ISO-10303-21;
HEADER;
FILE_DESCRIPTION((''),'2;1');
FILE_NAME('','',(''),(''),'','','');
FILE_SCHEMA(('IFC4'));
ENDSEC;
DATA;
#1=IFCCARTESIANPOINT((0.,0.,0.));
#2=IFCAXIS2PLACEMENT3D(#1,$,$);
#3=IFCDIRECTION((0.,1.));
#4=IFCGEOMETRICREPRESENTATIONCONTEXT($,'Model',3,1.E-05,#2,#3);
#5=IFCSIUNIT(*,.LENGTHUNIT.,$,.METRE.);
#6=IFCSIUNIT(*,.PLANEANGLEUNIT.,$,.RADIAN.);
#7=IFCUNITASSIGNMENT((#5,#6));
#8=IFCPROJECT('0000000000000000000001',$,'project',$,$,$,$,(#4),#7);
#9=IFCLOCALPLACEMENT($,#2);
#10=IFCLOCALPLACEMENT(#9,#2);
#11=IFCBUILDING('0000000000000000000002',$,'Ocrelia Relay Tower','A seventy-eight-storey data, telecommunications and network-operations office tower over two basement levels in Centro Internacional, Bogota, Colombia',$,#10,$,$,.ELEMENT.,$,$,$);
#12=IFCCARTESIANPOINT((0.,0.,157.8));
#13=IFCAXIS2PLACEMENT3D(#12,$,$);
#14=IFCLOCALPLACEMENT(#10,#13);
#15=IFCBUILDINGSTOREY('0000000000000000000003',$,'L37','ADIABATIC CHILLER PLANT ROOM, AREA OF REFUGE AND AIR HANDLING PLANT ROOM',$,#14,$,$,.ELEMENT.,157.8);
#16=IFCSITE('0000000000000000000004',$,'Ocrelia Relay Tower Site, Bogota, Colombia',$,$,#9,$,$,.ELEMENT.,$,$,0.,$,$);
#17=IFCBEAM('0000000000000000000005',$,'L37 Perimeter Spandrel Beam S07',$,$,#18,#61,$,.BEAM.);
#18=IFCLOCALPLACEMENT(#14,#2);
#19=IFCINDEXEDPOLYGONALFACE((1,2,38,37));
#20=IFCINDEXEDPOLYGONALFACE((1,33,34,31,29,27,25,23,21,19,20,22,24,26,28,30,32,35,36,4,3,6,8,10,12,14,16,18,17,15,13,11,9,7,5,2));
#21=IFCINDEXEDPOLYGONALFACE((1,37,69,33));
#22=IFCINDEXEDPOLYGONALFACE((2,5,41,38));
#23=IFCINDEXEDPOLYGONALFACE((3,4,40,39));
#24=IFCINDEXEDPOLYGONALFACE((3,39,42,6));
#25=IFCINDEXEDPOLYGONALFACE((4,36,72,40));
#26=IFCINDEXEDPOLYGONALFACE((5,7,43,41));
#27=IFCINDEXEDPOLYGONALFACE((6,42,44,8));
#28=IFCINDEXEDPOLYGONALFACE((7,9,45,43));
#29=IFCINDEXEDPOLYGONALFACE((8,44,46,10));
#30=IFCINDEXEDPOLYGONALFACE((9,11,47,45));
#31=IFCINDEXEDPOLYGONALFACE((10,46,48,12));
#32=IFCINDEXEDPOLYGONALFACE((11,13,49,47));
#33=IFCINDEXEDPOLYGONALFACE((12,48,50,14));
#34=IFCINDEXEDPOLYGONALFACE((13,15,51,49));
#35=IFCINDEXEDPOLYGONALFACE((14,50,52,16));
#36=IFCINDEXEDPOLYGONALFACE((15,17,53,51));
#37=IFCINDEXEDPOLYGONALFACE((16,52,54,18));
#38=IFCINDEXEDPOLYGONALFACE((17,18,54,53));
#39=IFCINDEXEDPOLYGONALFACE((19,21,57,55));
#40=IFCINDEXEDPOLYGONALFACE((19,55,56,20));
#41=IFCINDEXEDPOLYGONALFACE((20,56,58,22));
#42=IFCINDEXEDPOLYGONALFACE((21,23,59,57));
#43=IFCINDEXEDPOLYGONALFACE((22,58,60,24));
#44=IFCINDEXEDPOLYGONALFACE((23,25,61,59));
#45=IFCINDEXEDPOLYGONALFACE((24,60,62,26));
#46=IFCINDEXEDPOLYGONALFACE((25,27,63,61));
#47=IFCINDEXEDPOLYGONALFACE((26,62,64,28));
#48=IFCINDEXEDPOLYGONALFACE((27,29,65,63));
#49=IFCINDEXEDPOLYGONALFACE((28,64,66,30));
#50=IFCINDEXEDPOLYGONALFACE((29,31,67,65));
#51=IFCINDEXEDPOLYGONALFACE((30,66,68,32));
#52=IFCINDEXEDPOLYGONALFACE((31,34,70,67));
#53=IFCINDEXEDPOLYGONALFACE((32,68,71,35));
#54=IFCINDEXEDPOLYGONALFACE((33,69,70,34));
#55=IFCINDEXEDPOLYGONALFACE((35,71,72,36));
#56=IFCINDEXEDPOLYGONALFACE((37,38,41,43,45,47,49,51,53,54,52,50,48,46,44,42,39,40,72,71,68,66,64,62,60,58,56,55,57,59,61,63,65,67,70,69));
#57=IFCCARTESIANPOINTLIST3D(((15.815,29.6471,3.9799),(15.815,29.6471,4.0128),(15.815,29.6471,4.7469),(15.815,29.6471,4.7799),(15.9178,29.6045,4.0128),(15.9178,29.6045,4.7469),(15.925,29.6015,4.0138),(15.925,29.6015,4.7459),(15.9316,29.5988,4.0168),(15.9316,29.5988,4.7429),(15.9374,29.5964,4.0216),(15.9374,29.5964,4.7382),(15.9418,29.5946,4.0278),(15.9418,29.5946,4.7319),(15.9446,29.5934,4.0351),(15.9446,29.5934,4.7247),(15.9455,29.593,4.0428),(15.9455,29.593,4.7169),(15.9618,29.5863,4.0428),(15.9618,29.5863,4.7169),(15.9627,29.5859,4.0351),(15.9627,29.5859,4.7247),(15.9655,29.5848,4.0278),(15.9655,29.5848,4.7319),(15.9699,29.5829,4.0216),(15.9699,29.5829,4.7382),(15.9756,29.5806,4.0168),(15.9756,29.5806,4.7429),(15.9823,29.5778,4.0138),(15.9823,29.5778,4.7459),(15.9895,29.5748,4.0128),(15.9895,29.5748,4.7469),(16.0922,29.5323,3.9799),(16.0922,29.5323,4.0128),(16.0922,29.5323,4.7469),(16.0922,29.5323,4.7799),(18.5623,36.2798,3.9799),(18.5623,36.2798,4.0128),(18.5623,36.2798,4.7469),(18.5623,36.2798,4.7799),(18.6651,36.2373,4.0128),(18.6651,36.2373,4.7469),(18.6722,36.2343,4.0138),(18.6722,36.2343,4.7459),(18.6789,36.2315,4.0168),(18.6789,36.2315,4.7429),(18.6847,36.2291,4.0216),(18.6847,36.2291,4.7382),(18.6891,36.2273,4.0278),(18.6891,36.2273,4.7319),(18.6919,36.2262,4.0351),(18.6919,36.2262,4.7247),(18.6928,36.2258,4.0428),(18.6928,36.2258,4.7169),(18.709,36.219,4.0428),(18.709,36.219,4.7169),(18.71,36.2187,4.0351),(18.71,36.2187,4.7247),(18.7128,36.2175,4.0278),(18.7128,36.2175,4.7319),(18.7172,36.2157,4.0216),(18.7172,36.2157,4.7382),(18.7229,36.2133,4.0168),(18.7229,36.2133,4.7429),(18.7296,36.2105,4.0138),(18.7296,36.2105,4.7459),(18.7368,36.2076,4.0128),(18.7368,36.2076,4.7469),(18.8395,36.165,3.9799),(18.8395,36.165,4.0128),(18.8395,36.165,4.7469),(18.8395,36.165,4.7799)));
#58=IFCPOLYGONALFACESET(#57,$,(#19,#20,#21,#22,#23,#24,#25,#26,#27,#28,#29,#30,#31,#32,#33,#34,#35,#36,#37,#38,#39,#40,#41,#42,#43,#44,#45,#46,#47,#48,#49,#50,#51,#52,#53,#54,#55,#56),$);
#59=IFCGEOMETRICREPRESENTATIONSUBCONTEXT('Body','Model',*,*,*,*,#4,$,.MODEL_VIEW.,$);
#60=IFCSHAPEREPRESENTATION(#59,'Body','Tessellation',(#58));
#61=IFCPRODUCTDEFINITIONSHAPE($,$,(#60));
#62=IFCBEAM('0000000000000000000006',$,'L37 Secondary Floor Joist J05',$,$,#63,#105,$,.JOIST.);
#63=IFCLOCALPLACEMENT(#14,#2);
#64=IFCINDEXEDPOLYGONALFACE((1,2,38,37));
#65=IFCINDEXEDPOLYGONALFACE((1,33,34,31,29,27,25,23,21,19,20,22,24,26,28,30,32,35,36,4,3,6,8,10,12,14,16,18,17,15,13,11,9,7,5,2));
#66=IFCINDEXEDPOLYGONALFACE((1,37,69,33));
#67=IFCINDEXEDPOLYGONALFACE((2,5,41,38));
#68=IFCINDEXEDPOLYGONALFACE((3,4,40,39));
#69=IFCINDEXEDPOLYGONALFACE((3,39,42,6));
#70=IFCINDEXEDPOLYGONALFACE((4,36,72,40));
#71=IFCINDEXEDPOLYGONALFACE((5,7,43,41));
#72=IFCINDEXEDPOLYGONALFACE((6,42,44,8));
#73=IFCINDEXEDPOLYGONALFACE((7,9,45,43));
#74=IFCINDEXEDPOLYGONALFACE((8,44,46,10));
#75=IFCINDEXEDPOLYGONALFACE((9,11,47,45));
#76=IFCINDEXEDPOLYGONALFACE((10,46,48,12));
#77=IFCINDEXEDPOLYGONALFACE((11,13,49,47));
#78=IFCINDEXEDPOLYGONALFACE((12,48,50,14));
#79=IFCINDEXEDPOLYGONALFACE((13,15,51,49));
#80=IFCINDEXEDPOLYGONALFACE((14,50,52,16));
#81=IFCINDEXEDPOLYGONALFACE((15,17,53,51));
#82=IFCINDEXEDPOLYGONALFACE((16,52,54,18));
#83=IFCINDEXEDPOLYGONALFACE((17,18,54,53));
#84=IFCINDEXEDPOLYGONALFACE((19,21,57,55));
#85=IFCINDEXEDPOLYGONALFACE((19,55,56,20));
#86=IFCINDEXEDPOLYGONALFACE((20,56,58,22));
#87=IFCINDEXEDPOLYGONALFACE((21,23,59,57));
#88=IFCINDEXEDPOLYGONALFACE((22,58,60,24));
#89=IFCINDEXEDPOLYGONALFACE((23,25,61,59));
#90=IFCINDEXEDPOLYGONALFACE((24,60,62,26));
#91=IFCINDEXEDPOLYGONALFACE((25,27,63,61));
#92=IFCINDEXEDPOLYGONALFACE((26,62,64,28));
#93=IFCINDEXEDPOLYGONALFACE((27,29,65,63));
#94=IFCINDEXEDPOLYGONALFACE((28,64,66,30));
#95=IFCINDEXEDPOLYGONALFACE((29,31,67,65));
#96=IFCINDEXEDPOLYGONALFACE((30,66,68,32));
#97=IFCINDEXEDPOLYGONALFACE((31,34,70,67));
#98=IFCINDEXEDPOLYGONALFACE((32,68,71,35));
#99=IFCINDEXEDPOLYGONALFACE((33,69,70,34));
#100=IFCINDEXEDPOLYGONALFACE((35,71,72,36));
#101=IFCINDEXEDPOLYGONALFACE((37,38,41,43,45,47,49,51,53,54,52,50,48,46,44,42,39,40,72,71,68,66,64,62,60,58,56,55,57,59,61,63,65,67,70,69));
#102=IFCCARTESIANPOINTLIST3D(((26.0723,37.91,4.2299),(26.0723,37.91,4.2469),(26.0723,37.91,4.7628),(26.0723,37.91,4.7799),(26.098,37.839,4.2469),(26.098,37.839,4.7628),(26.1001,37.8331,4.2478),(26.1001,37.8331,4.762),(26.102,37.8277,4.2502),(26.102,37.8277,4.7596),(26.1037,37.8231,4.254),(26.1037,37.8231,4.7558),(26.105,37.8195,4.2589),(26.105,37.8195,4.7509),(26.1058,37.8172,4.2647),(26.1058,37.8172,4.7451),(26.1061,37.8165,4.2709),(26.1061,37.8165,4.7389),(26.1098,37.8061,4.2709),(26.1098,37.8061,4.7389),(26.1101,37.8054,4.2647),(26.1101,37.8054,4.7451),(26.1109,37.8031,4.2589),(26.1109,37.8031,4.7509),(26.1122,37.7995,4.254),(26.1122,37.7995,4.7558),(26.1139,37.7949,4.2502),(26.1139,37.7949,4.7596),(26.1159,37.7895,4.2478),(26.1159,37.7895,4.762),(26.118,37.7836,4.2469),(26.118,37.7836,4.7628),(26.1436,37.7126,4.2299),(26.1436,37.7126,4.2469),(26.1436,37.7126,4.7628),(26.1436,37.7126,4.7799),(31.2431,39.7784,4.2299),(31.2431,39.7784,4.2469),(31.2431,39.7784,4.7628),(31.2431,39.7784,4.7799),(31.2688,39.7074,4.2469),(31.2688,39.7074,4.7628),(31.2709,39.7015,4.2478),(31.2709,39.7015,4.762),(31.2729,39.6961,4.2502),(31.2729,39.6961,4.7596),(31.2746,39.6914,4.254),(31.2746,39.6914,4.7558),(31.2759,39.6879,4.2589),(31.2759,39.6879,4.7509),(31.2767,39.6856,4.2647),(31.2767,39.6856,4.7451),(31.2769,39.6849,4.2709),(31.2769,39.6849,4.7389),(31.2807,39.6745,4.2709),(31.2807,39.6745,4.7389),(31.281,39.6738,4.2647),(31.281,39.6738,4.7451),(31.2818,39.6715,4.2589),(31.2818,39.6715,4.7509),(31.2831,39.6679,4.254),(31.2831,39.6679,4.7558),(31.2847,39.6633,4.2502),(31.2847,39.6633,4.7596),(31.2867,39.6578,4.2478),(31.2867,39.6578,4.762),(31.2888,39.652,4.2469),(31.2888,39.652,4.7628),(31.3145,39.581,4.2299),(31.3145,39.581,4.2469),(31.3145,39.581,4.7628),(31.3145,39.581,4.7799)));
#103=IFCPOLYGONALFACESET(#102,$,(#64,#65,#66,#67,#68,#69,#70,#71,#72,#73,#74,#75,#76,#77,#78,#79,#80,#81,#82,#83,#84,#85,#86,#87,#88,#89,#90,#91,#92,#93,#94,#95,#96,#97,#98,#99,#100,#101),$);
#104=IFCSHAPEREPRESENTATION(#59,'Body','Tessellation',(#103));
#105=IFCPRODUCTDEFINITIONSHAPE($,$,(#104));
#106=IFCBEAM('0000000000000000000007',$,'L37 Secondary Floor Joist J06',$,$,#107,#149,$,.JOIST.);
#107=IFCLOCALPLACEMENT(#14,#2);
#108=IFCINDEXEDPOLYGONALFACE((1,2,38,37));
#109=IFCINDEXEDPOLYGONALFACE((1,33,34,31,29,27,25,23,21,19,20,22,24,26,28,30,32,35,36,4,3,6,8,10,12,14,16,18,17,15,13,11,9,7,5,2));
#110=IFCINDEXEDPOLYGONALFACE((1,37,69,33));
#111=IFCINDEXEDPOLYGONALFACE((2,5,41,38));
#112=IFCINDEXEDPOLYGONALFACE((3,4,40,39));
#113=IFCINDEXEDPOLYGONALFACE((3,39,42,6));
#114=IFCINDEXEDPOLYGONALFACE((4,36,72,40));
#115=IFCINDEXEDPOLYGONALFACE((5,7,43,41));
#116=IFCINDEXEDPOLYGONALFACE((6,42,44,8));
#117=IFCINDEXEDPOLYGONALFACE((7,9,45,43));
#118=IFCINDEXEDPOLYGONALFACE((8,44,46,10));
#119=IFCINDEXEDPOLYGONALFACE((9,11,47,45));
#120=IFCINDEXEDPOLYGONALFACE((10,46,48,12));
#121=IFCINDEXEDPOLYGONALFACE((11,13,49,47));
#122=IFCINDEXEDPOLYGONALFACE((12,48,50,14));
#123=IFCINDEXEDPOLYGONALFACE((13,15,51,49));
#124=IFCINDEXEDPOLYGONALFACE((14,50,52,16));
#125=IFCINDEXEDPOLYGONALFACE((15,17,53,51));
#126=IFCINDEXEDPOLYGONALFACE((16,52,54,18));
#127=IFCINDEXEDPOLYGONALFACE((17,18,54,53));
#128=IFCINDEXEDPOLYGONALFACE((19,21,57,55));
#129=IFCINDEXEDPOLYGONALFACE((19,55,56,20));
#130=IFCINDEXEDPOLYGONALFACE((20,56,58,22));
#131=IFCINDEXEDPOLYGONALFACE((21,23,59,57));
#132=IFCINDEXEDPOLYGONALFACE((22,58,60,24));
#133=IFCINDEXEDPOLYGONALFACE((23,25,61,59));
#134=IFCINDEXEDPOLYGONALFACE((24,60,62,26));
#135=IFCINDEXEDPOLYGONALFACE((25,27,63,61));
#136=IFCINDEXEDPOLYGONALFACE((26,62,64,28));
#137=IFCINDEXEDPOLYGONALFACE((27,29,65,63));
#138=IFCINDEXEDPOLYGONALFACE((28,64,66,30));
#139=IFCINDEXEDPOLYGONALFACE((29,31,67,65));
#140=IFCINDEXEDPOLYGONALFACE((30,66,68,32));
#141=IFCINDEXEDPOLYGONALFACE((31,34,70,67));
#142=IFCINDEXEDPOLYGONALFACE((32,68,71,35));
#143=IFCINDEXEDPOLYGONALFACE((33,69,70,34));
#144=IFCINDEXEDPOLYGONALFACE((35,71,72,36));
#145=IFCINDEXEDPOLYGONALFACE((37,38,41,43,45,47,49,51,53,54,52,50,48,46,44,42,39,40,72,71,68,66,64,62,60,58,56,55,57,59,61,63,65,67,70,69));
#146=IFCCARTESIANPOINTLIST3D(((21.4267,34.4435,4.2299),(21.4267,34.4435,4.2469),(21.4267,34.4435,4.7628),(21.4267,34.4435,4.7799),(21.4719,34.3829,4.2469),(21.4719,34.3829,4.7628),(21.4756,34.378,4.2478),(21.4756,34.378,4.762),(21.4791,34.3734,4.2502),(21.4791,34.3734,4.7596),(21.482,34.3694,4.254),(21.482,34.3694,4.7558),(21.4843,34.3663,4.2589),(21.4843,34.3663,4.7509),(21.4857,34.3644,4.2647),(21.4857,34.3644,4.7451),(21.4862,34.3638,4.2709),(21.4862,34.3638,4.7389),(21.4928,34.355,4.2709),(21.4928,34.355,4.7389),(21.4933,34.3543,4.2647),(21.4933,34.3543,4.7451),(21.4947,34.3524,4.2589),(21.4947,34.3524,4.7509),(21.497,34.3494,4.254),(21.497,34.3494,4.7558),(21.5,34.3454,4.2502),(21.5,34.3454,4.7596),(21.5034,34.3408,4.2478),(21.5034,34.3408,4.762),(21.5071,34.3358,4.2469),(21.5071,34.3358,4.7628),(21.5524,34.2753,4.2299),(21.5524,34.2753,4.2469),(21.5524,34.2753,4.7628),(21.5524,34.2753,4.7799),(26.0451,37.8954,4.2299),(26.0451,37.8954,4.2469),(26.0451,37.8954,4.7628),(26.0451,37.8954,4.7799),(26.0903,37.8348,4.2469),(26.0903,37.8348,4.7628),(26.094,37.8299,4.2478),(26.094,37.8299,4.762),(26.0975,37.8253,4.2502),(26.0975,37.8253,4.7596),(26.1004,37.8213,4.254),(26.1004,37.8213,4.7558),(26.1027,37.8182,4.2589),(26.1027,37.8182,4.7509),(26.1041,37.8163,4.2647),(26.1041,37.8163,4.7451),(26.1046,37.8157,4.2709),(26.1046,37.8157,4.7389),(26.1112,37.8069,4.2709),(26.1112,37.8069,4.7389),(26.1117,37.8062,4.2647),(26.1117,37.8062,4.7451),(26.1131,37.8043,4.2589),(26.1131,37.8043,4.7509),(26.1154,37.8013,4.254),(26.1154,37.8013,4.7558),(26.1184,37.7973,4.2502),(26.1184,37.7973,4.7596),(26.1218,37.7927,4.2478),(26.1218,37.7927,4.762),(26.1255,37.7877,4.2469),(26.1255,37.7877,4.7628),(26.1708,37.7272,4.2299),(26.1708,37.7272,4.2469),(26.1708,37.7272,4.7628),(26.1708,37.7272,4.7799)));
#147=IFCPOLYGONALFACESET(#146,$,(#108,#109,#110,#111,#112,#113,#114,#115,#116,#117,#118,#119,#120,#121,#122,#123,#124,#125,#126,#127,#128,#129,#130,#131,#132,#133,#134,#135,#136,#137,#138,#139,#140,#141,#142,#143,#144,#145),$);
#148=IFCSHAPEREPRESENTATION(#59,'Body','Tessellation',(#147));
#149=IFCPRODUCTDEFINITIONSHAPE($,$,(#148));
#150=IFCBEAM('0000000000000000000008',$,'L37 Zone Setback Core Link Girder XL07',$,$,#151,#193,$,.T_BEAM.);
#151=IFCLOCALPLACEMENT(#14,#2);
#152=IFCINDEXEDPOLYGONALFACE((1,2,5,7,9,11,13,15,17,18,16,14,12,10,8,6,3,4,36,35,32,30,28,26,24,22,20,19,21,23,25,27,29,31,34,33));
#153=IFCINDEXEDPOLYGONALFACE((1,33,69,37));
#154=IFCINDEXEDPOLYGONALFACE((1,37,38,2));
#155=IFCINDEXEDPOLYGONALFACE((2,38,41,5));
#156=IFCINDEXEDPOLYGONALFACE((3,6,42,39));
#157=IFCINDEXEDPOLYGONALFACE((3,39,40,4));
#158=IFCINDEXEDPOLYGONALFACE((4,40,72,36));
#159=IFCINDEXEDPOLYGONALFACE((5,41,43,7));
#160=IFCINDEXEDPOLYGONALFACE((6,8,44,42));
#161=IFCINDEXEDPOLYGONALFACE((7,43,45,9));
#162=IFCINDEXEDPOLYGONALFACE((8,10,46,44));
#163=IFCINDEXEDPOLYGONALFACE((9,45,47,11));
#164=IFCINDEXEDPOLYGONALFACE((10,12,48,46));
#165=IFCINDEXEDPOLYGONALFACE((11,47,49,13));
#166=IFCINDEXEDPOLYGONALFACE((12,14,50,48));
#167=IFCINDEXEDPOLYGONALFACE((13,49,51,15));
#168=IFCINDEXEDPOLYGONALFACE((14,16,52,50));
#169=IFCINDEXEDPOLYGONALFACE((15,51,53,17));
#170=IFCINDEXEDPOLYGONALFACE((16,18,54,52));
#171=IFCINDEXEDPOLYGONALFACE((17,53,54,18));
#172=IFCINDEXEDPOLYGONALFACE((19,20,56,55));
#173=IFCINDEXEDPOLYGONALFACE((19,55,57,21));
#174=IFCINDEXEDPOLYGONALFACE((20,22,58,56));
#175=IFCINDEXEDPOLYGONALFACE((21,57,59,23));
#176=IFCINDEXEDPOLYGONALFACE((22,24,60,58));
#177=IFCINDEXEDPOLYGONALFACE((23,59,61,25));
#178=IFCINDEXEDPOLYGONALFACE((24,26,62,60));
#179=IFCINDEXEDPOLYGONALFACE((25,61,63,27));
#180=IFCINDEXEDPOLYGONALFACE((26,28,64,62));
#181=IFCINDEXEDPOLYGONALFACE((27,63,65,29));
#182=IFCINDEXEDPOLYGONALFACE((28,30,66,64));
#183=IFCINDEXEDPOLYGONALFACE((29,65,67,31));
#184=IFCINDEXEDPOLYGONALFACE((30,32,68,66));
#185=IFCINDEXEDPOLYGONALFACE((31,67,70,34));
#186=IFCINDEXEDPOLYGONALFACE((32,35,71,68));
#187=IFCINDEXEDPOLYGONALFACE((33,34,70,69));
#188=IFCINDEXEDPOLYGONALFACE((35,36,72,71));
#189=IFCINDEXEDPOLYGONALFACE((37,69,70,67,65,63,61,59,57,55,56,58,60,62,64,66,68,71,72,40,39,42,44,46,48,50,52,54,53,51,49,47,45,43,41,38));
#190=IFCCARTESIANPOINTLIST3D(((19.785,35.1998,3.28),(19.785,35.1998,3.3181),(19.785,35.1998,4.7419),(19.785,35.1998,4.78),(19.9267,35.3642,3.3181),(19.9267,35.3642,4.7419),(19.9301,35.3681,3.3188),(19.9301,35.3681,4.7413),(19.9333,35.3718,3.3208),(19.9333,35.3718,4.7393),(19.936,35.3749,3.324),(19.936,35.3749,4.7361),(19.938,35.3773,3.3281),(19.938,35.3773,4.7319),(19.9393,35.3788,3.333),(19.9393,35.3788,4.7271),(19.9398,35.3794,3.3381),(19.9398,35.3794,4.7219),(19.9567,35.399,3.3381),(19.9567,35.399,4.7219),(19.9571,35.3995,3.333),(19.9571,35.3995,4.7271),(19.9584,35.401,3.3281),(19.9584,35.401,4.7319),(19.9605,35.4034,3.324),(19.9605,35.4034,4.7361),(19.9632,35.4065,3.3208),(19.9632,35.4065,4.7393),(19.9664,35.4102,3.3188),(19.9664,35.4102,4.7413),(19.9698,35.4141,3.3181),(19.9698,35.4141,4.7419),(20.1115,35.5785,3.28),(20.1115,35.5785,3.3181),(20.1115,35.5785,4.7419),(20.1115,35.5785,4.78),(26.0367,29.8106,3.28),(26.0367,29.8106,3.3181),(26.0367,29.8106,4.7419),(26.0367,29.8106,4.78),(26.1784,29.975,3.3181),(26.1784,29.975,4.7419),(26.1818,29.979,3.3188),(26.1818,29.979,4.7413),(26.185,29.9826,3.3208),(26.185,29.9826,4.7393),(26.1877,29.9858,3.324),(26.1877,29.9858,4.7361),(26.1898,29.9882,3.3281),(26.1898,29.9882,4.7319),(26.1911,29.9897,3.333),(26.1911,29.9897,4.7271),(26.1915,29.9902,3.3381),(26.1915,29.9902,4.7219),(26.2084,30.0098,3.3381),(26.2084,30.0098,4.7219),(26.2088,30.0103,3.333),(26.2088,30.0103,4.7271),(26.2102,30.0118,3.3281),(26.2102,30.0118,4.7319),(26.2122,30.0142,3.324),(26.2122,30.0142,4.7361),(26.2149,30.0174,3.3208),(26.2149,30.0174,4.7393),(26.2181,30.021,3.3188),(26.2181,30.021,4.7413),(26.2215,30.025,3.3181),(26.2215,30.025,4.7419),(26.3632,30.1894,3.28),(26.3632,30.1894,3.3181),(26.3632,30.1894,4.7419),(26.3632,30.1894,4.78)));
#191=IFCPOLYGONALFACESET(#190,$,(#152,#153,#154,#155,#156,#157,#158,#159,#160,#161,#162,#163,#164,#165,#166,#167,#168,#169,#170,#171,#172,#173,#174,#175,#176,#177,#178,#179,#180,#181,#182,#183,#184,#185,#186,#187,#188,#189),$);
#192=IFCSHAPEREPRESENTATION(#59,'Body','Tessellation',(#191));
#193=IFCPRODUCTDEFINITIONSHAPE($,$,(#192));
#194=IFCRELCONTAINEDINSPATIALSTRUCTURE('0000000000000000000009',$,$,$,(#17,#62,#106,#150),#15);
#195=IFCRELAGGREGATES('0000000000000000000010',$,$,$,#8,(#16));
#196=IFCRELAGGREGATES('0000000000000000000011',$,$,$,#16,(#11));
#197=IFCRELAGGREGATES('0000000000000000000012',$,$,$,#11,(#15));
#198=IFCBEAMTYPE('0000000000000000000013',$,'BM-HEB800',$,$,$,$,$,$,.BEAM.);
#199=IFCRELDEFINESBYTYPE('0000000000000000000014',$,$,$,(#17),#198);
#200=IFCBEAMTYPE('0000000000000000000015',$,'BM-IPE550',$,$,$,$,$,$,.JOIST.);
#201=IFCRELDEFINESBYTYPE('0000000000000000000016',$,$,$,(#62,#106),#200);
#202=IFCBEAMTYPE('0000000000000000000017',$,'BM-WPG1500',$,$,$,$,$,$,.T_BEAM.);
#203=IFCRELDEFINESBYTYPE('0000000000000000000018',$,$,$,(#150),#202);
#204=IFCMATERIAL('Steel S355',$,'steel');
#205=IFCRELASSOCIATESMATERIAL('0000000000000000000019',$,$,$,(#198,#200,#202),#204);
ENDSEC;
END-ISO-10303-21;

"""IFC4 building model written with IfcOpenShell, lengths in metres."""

from ifc_helpers import new_model, si_unit, direction, frame, origin, origin_2d, place, context, subcontext, project, spatial, i_section, extrude, material, material_profile, profile_set, type_object, element, save


model = new_model("IFC4")

# Units and contexts
model_context = context("Model", 3, precision=1e-05, world=origin(), true_north=direction((0.0, 1.0)))
body_context = subcontext(model_context, "Body", "Model", "MODEL_VIEW")
ifc_project = project(units=[si_unit("LENGTHUNIT", "METRE"), si_unit("PLANEANGLEUNIT", "RADIAN")], contexts=[model_context])

# Site, building, storey
site_placement = place(None, origin())
site = spatial("IfcSite", under=ifc_project, at=site_placement, Name="Ocrelia Relay Tower Site, Bogota, Colombia", CompositionType="ELEMENT", RefElevation=0.0)
building_placement = place(site_placement, origin())
building = spatial("IfcBuilding", under=site, at=building_placement, Name="Ocrelia Relay Tower", Description="A seventy-eight-storey data, telecommunications and network-operations office tower over two basement levels in Centro Internacional, Bogota, Colombia", CompositionType="ELEMENT")
storey_placement = place(building_placement, frame((0.0, 0.0, 157.8)))
storey = spatial("IfcBuildingStorey", under=building, at=storey_placement, Name="L37", Description="ADIABATIC CHILLER PLANT ROOM, AREA OF REFUGE AND AIR HANDLING PLANT ROOM", CompositionType="ELEMENT", Elevation=157.8)

# Beams
ifc_material_1 = material(Name="Steel S355", Category="steel")
ifc_material_profile_1 = material_profile(ifc_material_1, i_section(OverallWidth=0.3, OverallDepth=0.8, WebThickness=0.0176, FlangeThickness=0.033, FilletRadius=0.03, at=origin_2d()), Name="HEB 800")
ifc_profile_set_1 = profile_set([ifc_material_profile_1], Name="Steel S355")
beam_type_1 = type_object("IfcBeamType", Name="BM-HEB800", PredefinedType="BEAM", material=ifc_profile_set_1)
beam_1_placement = place(storey_placement, frame((18.7009, 36.2224, 4.3799), z_axis=(-0.382673, -0.923884, 0.0), x_axis=(0.923884, -0.382673, 0.0)))
element("IfcBeam", 1, at=beam_1_placement, inside=storey, type_object=beam_type_1, Name="L37 Perimeter Spandrel Beam S07", PredefinedType="BEAM", context=body_context, shape_type="SweptSolid", body=[
    extrude(i_section(OverallWidth=0.3, OverallDepth=0.8, WebThickness=0.0176, FlangeThickness=0.033, FilletRadius=0.03, at=origin_2d()), origin(), (0.0, 0.0, 1.0), 7.1792),
])
ifc_material_profile_2 = material_profile(ifc_material_1, i_section(OverallWidth=0.21, OverallDepth=0.55, WebThickness=0.011, FlangeThickness=0.0171, FilletRadius=0.0239, at=origin_2d()), Name="IPE 550")
ifc_profile_set_2 = profile_set([ifc_material_profile_2], Name="Steel S355")
beam_type_2 = type_object("IfcBeamType", Name="BM-IPE550", PredefinedType="JOIST", material=ifc_profile_set_2)
beam_2_placement = place(storey_placement, frame((31.2788, 39.6797, 4.5049), z_axis=(-0.940488, -0.339828, 0.0), x_axis=(0.339828, -0.940488, 0.0)))
element("IfcBeam", 2, at=beam_2_placement, inside=storey, type_object=beam_type_2, Name="L37 Secondary Floor Joist J05", PredefinedType="JOIST", context=body_context, shape_type="SweptSolid", body=[
    extrude(i_section(OverallWidth=0.21, OverallDepth=0.55, WebThickness=0.011, FlangeThickness=0.0171, FilletRadius=0.0239, at=origin_2d()), origin(), (0.0, 0.0, 1.0), 5.498),
])
beam_3_placement = place(storey_placement, frame((26.1079, 37.8113, 4.5049), z_axis=(-0.80099, -0.598678, 0.0), x_axis=(0.598678, -0.80099, 0.0)))
element("IfcBeam", 3, at=beam_3_placement, inside=storey, type_object=beam_type_2, Name="L37 Secondary Floor Joist J06", PredefinedType="JOIST", context=body_context, shape_type="SweptSolid", body=[
    extrude(i_section(OverallWidth=0.21, OverallDepth=0.55, WebThickness=0.011, FlangeThickness=0.0171, FilletRadius=0.0239, at=origin_2d()), origin(), (0.0, 0.0, 1.0), 5.7659),
])
ifc_material_profile_3 = material_profile(ifc_material_1, i_section(OverallWidth=0.5, OverallDepth=1.5, WebThickness=0.0259, FlangeThickness=0.0381, FilletRadius=0.02, at=origin_2d()), Name="WPG 1500x500")
ifc_profile_set_3 = profile_set([ifc_material_profile_3], Name="Steel S355")
beam_type_3 = type_object("IfcBeamType", Name="BM-WPG1500", PredefinedType="T_BEAM", material=ifc_profile_set_3)
beam_4_placement = place(storey_placement, frame((19.9482, 35.3892, 4.03), z_axis=(0.757425, -0.652923, 0.0), x_axis=(0.652923, 0.757425, 0.0)))
element("IfcBeam", 4, at=beam_4_placement, inside=storey, type_object=beam_type_3, Name="L37 Zone Setback Core Link Girder XL07", PredefinedType="T_BEAM", context=body_context, shape_type="SweptSolid", body=[
    extrude(i_section(OverallWidth=0.5, OverallDepth=1.5, WebThickness=0.0259, FlangeThickness=0.0381, FilletRadius=0.02, at=origin_2d()), origin(), (0.0, 0.0, 1.0), 8.2539),
])

save(model, "model.ifc")
